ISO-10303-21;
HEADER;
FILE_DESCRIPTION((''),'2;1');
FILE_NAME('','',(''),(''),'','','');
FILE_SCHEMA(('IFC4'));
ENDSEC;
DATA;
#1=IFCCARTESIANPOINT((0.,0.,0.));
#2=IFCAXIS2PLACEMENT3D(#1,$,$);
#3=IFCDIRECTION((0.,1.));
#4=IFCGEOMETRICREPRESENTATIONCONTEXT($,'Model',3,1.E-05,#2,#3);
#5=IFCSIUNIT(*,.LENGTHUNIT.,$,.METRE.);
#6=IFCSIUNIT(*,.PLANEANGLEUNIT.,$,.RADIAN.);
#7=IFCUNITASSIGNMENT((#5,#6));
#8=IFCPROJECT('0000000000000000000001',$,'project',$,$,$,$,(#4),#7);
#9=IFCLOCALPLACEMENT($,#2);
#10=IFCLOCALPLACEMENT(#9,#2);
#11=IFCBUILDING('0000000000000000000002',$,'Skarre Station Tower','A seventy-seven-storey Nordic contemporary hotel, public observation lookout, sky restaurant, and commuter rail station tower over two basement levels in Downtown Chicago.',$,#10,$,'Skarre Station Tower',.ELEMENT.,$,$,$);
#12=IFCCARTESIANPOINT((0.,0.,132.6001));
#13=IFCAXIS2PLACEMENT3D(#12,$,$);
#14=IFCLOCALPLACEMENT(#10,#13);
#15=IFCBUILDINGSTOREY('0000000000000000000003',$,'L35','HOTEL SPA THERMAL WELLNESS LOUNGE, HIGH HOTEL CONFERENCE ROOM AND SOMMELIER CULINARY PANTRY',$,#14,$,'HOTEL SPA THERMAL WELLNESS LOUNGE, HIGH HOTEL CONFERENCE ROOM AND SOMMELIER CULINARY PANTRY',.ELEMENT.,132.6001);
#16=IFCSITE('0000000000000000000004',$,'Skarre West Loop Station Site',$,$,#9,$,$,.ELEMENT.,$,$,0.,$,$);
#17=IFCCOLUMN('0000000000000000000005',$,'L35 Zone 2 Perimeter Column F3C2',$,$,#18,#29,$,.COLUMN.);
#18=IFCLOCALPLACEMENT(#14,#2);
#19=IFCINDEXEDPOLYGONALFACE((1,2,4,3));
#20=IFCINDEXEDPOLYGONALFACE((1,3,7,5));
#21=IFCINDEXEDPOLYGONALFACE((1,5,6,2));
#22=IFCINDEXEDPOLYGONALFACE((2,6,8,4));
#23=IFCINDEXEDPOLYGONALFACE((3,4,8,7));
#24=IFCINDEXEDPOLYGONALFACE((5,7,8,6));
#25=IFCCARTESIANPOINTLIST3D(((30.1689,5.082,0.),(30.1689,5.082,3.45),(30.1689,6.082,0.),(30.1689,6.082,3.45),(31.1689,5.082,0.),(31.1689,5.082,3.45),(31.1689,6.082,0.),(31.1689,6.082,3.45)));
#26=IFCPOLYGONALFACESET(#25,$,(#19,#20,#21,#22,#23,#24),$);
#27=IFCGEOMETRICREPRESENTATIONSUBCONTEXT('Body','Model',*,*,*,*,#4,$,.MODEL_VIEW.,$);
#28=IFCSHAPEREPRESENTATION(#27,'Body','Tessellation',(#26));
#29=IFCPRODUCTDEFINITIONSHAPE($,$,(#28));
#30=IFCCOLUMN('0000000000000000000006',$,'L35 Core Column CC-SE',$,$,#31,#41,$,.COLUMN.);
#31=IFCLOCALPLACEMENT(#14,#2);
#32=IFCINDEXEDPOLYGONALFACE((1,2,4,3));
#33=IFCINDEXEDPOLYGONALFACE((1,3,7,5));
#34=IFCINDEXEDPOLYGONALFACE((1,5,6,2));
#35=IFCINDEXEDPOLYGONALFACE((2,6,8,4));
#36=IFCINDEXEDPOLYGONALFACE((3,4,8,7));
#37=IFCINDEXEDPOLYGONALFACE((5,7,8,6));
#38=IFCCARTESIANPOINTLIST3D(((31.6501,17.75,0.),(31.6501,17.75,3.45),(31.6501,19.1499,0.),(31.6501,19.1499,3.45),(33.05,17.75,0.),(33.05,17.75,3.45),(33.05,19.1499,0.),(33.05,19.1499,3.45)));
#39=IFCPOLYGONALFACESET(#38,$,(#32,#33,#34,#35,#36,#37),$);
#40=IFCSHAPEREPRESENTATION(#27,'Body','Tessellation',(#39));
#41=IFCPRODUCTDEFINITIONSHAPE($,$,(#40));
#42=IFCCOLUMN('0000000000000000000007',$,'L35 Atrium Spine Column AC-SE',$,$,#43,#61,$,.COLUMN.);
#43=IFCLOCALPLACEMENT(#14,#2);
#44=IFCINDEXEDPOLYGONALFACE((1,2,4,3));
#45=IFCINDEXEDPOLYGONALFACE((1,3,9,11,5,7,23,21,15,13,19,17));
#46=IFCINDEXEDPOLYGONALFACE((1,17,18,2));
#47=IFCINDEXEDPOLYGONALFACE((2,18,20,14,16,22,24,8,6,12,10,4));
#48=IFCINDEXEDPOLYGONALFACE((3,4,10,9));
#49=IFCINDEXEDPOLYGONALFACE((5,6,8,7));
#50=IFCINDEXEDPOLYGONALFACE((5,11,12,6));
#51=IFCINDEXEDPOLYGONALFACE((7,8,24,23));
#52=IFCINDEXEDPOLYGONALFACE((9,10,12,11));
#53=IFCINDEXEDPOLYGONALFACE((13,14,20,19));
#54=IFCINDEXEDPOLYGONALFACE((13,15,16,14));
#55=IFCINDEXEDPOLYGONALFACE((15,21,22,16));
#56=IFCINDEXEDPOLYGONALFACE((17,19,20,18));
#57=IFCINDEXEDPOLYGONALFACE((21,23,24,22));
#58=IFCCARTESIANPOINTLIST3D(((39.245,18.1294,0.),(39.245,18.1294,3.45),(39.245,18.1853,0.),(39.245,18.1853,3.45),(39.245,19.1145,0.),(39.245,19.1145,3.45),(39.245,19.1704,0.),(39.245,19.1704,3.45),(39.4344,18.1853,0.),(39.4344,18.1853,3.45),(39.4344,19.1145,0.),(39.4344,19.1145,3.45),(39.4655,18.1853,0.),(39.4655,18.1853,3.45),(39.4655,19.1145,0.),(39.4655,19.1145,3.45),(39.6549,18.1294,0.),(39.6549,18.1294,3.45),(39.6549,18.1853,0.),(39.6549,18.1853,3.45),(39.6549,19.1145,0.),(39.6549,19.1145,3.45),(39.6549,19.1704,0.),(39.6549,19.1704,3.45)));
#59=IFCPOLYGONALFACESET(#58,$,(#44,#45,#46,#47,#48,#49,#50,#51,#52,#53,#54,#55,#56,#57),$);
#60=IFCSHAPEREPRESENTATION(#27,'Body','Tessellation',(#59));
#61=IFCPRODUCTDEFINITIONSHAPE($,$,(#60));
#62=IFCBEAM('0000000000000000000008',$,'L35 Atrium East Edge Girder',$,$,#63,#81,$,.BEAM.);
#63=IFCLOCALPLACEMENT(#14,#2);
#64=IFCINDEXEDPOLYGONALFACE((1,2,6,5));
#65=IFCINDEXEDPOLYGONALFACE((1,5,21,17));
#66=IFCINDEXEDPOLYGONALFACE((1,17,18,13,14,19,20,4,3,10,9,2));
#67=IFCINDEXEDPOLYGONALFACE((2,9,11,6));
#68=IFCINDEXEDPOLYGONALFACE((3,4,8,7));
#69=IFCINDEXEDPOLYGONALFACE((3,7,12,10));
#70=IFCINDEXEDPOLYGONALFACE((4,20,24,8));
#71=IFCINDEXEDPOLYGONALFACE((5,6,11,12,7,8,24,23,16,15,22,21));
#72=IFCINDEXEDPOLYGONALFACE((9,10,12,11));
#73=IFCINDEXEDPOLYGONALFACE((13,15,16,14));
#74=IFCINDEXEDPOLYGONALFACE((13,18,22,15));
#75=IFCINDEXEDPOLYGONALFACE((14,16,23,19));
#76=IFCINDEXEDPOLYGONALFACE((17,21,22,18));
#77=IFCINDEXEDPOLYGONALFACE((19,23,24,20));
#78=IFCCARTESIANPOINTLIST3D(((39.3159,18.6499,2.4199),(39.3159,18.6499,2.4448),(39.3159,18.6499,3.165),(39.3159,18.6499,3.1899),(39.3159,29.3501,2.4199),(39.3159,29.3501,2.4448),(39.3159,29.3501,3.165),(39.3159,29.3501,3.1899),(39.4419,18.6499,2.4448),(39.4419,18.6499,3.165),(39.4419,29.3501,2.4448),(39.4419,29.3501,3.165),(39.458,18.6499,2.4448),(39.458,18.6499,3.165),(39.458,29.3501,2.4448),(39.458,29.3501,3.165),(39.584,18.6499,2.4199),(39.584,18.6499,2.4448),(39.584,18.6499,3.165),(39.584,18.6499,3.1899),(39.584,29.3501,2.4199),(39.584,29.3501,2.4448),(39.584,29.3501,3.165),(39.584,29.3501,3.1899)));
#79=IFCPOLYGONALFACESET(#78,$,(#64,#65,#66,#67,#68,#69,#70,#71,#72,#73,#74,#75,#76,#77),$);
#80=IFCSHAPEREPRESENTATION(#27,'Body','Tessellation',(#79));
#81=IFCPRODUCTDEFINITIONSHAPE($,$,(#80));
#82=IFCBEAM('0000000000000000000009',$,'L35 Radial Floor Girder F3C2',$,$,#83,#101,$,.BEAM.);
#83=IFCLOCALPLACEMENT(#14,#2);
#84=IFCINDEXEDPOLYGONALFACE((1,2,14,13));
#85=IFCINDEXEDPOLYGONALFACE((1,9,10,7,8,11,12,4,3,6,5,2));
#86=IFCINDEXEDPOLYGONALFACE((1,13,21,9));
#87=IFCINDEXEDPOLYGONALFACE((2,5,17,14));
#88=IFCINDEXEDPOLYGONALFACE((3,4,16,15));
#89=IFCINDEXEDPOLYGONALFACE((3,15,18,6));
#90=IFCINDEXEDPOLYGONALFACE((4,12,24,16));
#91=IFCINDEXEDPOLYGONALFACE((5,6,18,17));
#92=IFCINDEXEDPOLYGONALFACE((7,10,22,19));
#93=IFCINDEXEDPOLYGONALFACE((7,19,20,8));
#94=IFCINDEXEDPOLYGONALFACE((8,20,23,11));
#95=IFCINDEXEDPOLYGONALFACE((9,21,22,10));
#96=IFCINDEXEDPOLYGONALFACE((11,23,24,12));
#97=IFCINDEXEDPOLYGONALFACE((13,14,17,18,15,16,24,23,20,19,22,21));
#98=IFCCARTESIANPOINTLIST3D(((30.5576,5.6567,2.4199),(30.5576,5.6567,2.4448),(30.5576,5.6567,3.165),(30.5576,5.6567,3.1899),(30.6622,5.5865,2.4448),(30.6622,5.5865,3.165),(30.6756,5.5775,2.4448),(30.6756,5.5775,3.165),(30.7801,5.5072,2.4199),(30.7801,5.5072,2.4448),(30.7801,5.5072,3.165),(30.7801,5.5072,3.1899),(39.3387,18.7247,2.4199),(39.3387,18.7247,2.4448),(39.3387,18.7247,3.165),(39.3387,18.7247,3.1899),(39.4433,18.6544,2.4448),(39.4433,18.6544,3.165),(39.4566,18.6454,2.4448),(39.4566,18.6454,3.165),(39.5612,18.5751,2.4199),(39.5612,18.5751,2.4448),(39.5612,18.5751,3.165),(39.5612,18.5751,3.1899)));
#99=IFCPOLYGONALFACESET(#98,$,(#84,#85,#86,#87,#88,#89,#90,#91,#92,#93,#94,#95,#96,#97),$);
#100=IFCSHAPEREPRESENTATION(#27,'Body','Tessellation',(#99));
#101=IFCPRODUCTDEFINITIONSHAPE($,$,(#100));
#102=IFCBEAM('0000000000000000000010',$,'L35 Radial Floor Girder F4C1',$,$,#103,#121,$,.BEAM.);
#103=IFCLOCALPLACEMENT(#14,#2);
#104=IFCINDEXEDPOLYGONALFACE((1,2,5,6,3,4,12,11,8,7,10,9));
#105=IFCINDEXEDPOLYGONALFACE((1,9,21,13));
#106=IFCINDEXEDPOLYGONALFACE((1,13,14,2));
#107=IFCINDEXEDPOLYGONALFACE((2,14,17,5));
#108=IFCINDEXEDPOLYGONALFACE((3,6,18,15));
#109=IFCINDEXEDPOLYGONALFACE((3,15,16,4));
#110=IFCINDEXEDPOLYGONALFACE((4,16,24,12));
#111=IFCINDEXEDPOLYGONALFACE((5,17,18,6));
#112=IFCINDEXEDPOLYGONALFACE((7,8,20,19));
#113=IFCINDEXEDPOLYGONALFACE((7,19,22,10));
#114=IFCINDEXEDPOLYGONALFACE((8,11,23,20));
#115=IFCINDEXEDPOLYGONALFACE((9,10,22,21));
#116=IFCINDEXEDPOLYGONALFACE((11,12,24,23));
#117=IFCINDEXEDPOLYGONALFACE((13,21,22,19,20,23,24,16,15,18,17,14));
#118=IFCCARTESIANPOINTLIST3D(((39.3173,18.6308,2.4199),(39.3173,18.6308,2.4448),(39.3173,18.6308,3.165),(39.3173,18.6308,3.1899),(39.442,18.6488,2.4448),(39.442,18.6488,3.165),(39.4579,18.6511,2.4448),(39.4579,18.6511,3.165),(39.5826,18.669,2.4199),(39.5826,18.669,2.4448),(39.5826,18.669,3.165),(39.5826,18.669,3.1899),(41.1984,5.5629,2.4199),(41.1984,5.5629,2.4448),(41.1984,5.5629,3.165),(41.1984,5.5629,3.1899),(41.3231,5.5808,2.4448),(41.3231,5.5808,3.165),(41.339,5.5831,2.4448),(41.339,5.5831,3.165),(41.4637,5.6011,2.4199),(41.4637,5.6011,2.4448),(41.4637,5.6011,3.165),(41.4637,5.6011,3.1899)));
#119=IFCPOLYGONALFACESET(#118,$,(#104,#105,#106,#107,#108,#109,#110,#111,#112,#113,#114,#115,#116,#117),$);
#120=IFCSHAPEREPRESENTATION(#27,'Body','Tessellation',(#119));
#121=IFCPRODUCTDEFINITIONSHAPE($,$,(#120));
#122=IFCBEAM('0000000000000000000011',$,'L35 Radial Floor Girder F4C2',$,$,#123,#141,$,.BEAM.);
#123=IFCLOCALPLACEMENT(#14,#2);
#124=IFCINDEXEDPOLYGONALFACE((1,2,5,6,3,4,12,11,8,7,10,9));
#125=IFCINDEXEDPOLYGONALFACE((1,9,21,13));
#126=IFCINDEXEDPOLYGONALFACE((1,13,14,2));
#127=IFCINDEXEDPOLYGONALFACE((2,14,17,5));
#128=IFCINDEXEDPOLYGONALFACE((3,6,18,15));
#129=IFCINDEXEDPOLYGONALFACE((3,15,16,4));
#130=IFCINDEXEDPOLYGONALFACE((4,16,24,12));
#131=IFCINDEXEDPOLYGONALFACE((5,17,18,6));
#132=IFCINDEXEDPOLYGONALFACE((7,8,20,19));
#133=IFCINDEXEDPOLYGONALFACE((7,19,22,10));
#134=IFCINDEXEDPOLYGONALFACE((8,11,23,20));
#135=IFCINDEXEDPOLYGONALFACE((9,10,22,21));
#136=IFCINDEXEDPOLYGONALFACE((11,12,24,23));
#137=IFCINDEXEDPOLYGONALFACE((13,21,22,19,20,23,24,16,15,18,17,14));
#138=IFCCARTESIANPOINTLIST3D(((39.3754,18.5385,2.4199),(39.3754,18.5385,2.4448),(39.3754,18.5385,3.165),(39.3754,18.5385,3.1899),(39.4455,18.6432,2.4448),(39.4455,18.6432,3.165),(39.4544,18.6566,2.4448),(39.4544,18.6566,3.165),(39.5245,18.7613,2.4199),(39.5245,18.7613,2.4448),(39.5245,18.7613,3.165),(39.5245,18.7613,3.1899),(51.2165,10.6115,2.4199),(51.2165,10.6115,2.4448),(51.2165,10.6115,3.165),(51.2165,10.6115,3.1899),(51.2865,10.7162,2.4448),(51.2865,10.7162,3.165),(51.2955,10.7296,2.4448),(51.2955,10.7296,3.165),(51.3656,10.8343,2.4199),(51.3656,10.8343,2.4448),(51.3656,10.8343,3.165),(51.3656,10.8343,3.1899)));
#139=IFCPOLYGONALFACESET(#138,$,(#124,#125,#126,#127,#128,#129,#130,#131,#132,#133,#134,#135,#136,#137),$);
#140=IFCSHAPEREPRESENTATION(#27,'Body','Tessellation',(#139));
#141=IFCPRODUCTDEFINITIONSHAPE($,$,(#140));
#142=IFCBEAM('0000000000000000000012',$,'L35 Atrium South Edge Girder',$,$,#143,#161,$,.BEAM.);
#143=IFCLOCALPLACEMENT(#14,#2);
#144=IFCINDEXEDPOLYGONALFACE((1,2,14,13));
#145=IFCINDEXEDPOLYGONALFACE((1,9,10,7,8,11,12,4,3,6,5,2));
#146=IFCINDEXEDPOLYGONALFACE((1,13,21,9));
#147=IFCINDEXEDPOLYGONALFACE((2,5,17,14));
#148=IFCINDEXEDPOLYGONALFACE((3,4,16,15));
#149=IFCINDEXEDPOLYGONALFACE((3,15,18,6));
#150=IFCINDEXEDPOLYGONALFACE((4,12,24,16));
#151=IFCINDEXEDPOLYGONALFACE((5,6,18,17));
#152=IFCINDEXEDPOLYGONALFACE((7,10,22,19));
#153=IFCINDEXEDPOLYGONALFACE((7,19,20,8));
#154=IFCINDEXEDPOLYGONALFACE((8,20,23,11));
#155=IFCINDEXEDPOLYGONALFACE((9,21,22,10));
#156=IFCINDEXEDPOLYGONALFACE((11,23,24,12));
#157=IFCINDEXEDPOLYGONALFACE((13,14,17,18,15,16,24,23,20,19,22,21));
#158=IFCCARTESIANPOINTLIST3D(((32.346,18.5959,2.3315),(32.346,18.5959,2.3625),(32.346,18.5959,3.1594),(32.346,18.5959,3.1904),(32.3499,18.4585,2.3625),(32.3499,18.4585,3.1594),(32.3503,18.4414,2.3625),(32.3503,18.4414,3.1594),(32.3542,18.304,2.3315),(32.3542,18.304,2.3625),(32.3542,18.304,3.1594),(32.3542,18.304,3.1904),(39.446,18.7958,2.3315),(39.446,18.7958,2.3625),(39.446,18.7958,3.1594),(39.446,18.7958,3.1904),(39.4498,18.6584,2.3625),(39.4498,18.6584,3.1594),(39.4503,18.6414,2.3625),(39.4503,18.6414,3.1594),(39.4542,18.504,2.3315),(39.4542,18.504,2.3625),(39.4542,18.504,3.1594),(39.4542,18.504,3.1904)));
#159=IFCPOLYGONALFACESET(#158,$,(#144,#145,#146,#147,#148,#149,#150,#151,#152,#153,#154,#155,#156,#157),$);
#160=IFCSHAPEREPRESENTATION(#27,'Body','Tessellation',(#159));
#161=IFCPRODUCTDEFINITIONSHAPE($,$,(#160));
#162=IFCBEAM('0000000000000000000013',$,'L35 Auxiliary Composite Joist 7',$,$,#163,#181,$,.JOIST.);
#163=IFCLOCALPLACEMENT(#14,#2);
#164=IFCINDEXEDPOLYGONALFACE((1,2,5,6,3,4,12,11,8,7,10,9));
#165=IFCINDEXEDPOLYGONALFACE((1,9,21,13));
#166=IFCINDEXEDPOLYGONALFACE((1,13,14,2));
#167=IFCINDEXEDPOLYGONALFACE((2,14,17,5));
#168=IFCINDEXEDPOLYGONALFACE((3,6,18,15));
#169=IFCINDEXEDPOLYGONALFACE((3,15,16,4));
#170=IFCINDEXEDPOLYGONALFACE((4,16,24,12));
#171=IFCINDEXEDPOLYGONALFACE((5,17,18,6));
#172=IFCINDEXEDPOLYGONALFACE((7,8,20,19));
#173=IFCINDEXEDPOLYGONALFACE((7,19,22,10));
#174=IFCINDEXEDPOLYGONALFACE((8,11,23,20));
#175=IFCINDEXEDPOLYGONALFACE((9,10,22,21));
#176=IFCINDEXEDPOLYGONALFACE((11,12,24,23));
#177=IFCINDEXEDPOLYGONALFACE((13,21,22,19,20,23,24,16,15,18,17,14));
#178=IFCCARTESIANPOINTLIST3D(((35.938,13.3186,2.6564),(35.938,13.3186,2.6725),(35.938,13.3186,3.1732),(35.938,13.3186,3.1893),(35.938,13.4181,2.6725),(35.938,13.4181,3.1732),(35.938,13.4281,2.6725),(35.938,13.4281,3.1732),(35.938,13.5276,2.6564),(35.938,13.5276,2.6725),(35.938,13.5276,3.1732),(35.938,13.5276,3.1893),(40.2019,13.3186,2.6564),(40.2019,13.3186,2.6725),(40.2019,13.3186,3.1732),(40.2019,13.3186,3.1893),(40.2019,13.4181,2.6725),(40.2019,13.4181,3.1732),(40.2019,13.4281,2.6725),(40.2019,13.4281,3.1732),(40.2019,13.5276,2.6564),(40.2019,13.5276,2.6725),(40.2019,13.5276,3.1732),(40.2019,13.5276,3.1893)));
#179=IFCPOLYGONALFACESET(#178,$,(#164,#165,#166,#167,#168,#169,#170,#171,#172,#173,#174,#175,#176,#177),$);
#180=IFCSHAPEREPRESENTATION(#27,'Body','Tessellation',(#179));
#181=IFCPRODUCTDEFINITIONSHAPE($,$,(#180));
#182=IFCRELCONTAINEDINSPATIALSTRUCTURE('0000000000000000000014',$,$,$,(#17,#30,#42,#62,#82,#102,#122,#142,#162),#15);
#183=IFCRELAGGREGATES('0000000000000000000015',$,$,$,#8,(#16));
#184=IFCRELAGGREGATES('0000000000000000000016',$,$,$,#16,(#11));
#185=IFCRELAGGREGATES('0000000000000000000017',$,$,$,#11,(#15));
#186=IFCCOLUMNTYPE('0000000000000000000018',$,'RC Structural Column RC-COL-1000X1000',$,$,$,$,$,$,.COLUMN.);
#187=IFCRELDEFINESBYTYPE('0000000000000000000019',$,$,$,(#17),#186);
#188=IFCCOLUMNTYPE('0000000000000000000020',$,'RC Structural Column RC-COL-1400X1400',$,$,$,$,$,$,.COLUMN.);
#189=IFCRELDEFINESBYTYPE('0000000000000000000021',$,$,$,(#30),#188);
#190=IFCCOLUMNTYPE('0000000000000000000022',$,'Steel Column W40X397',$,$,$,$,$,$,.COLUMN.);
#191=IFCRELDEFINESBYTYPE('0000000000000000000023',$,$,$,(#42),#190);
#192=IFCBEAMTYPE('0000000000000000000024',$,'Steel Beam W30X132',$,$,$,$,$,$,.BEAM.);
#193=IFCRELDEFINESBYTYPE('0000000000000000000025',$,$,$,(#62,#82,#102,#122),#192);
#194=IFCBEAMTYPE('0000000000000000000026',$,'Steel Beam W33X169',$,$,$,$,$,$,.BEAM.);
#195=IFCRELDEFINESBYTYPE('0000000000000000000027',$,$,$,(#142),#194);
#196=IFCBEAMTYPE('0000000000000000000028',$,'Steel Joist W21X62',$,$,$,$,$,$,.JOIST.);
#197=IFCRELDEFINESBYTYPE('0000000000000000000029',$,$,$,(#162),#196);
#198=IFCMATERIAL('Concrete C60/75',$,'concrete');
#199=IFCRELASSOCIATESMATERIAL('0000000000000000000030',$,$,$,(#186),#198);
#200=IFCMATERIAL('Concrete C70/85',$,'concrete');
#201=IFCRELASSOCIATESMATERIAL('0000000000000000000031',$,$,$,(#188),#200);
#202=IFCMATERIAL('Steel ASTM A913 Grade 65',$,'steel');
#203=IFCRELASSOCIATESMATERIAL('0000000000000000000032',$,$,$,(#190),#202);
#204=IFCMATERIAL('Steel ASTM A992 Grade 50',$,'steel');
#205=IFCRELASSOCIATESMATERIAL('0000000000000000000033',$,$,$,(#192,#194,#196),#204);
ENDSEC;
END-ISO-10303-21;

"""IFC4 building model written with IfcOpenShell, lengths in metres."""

from ifc_helpers import new_model, si_unit, direction, frame, origin, origin_2d, place, context, subcontext, project, spatial, rectangle, i_section, extrude, material, material_profile, profile_set, type_object, element, save


model = new_model("IFC4")

# Units and contexts
model_context = context("Model", 3, precision=1e-05, world=origin(), true_north=direction((0.0, 1.0)))
body_context = subcontext(model_context, "Body", "Model", "MODEL_VIEW")
ifc_project = project(units=[si_unit("LENGTHUNIT", "METRE"), si_unit("PLANEANGLEUNIT", "RADIAN")], contexts=[model_context])

# Site, building, storey
site_placement = place(None, origin())
site = spatial("IfcSite", under=ifc_project, at=site_placement, Name="Skarre West Loop Station Site", CompositionType="ELEMENT", RefElevation=0.0)
building_placement = place(site_placement, origin())
building = spatial("IfcBuilding", under=site, at=building_placement, Name="Skarre Station Tower", Description="A seventy-seven-storey Nordic contemporary hotel, public observation lookout, sky restaurant, and commuter rail station tower over two basement levels in Downtown Chicago.", LongName="Skarre Station Tower", CompositionType="ELEMENT")
storey_placement = place(building_placement, frame((0.0, 0.0, 132.6001)))
storey = spatial("IfcBuildingStorey", under=building, at=storey_placement, Name="L35", Description="HOTEL SPA THERMAL WELLNESS LOUNGE, HIGH HOTEL CONFERENCE ROOM AND SOMMELIER CULINARY PANTRY", LongName="HOTEL SPA THERMAL WELLNESS LOUNGE, HIGH HOTEL CONFERENCE ROOM AND SOMMELIER CULINARY PANTRY", CompositionType="ELEMENT", Elevation=132.6001)

# Columns
ifc_material_1 = material(Name="Concrete C60/75", Category="concrete")
ifc_material_profile_1 = material_profile(ifc_material_1, rectangle(XDim=1.0, YDim=1.0, at=origin_2d()), Name="Concrete C60/75")
ifc_profile_set_1 = profile_set([ifc_material_profile_1], Name="Concrete C60/75")
column_type_1 = type_object("IfcColumnType", Name="RC Structural Column RC-COL-1000X1000", PredefinedType="COLUMN", material=ifc_profile_set_1)
column_1_placement = place(storey_placement, frame((30.6689, 5.582, 0.0), z_axis=(0.0, 0.0, 1.0), x_axis=(1.0, 0.0, 0.0)))
element("IfcColumn", 1, at=column_1_placement, inside=storey, type_object=column_type_1, Name="L35 Zone 2 Perimeter Column F3C2", PredefinedType="COLUMN", context=body_context, shape_type="SweptSolid", body=[
    extrude(rectangle(XDim=1.0, YDim=1.0, at=origin_2d()), origin(), (0.0, 0.0, 1.0), 3.45),
])
ifc_material_2 = material(Name="Concrete C70/85", Category="concrete")
ifc_material_profile_2 = material_profile(ifc_material_2, rectangle(XDim=1.3999, YDim=1.3999, at=origin_2d()), Name="Concrete C70/85")
ifc_profile_set_2 = profile_set([ifc_material_profile_2], Name="Concrete C70/85")
column_type_2 = type_object("IfcColumnType", Name="RC Structural Column RC-COL-1400X1400", PredefinedType="COLUMN", material=ifc_profile_set_2)
column_2_placement = place(storey_placement, frame((32.3501, 18.45, 0.0), z_axis=(0.0, 0.0, 1.0), x_axis=(1.0, 0.0, 0.0)))
element("IfcColumn", 2, at=column_2_placement, inside=storey, type_object=column_type_2, Name="L35 Core Column CC-SE", PredefinedType="COLUMN", context=body_context, shape_type="SweptSolid", body=[
    extrude(rectangle(XDim=1.3999, YDim=1.3999, at=origin_2d()), origin(), (0.0, 0.0, 1.0), 3.45),
])
ifc_material_3 = material(Name="Steel ASTM A913 Grade 65", Category="steel")
ifc_material_profile_3 = material_profile(ifc_material_3, i_section(OverallWidth=0.4099, OverallDepth=1.041, WebThickness=0.031, FlangeThickness=0.0559, at=origin_2d()), Name="Steel ASTM A913 Grade 65")
ifc_profile_set_3 = profile_set([ifc_material_profile_3], Name="Steel ASTM A913 Grade 65")
column_type_3 = type_object("IfcColumnType", Name="Steel Column W40X397", PredefinedType="COLUMN", material=ifc_profile_set_3)
column_3_placement = place(storey_placement, frame((39.45, 18.6499, 0.0), z_axis=(0.0, 0.0, 1.0), x_axis=(1.0, 0.0, 0.0)))
element("IfcColumn", 3, at=column_3_placement, inside=storey, type_object=column_type_3, Name="L35 Atrium Spine Column AC-SE", PredefinedType="COLUMN", context=body_context, shape_type="SweptSolid", body=[
    extrude(i_section(OverallWidth=0.4099, OverallDepth=1.041, WebThickness=0.031, FlangeThickness=0.0559, at=origin_2d()), origin(), (0.0, 0.0, 1.0), 3.45),
])

# Beams
ifc_material_4 = material(Name="Steel ASTM A992 Grade 50", Category="steel")
ifc_material_profile_4 = material_profile(ifc_material_4, i_section(OverallWidth=0.2681, OverallDepth=0.77, WebThickness=0.0161, FlangeThickness=0.0249, at=origin_2d()), Name="Steel ASTM A992 Grade 50")
ifc_profile_set_4 = profile_set([ifc_material_profile_4], Name="Steel ASTM A992 Grade 50")
beam_type_1 = type_object("IfcBeamType", Name="Steel Beam W30X132", PredefinedType="BEAM", material=ifc_profile_set_4)
beam_1_placement = place(storey_placement, frame((39.45, 18.6499, 2.8049), z_axis=(0.0, 1.0, 0.0), x_axis=(-1.0, 0.0, 0.0)))
element("IfcBeam", 4, at=beam_1_placement, inside=storey, type_object=beam_type_1, Name="L35 Atrium East Edge Girder", PredefinedType="BEAM", context=body_context, shape_type="SweptSolid", body=[
    extrude(i_section(OverallWidth=0.2681, OverallDepth=0.77, WebThickness=0.0161, FlangeThickness=0.0249, at=origin_2d()), origin(), (0.0, 0.0, 1.0), 10.7002),
])
beam_2_placement = place(storey_placement, frame((39.45, 18.6499, 2.8049), z_axis=(-0.557735, -0.830019, 0.0), x_axis=(0.830019, -0.557735, 0.0)))
element("IfcBeam", 5, at=beam_2_placement, inside=storey, type_object=beam_type_1, Name="L35 Radial Floor Girder F3C2", PredefinedType="BEAM", context=body_context, shape_type="SweptSolid", body=[
    extrude(i_section(OverallWidth=0.2681, OverallDepth=0.77, WebThickness=0.0161, FlangeThickness=0.0249, at=origin_2d()), origin(), (0.0, 0.0, 1.0), 15.7441),
])
beam_3_placement = place(storey_placement, frame((39.45, 18.6499, 2.8049), z_axis=(0.14248, -0.989798, 0.0), x_axis=(0.989798, 0.14248, 0.0)))
element("IfcBeam", 6, at=beam_3_placement, inside=storey, type_object=beam_type_1, Name="L35 Radial Floor Girder F4C1", PredefinedType="BEAM", context=body_context, shape_type="SweptSolid", body=[
    extrude(i_section(OverallWidth=0.2681, OverallDepth=0.77, WebThickness=0.0161, FlangeThickness=0.0249, at=origin_2d()), origin(), (0.0, 0.0, 1.0), 13.2026),
])
beam_4_placement = place(storey_placement, frame((39.45, 18.6499, 2.8049), z_axis=(0.830981, -0.5563, 0.0), x_axis=(0.5563, 0.830981, 0.0)))
element("IfcBeam", 7, at=beam_4_placement, inside=storey, type_object=beam_type_1, Name="L35 Radial Floor Girder F4C2", PredefinedType="BEAM", context=body_context, shape_type="SweptSolid", body=[
    extrude(i_section(OverallWidth=0.2681, OverallDepth=0.77, WebThickness=0.0161, FlangeThickness=0.0249, at=origin_2d()), origin(), (0.0, 0.0, 1.0), 14.2495),
])
ifc_material_profile_5 = material_profile(ifc_material_4, i_section(OverallWidth=0.292, OverallDepth=0.8589, WebThickness=0.0171, FlangeThickness=0.031, at=origin_2d()), Name="Steel ASTM A992 Grade 50")
ifc_profile_set_5 = profile_set([ifc_material_profile_5], Name="Steel ASTM A992 Grade 50")
beam_type_2 = type_object("IfcBeamType", Name="Steel Beam W33X169", PredefinedType="BEAM", material=ifc_profile_set_5)
beam_5_placement = place(storey_placement, frame((32.3501, 18.45, 2.761), z_axis=(0.999604, 0.028152, 0.0), x_axis=(-0.028152, 0.999604, 0.0)))
element("IfcBeam", 8, at=beam_5_placement, inside=storey, type_object=beam_type_2, Name="L35 Atrium South Edge Girder", PredefinedType="BEAM", context=body_context, shape_type="SweptSolid", body=[
    extrude(i_section(OverallWidth=0.292, OverallDepth=0.8589, WebThickness=0.0171, FlangeThickness=0.031, at=origin_2d()), origin(), (0.0, 0.0, 1.0), 7.1028),
])
ifc_material_profile_6 = material_profile(ifc_material_4, i_section(OverallWidth=0.209, OverallDepth=0.533, WebThickness=0.01, FlangeThickness=0.0161, at=origin_2d()), Name="Steel ASTM A992 Grade 50")
ifc_profile_set_6 = profile_set([ifc_material_profile_6], Name="Steel ASTM A992 Grade 50")
beam_type_3 = type_object("IfcBeamType", Name="Steel Joist W21X62", PredefinedType="JOIST", material=ifc_profile_set_6)
beam_6_placement = place(storey_placement, frame((35.938, 13.4231, 2.9229), z_axis=(1.0, 0.0, 0.0), x_axis=(0.0, 1.0, 0.0)))
element("IfcBeam", 9, at=beam_6_placement, inside=storey, type_object=beam_type_3, Name="L35 Auxiliary Composite Joist 7", PredefinedType="JOIST", context=body_context, shape_type="SweptSolid", body=[
    extrude(i_section(OverallWidth=0.209, OverallDepth=0.533, WebThickness=0.01, FlangeThickness=0.0161, at=origin_2d()), origin(), (0.0, 0.0, 1.0), 4.2639),
])

save(model, "model.ifc")
